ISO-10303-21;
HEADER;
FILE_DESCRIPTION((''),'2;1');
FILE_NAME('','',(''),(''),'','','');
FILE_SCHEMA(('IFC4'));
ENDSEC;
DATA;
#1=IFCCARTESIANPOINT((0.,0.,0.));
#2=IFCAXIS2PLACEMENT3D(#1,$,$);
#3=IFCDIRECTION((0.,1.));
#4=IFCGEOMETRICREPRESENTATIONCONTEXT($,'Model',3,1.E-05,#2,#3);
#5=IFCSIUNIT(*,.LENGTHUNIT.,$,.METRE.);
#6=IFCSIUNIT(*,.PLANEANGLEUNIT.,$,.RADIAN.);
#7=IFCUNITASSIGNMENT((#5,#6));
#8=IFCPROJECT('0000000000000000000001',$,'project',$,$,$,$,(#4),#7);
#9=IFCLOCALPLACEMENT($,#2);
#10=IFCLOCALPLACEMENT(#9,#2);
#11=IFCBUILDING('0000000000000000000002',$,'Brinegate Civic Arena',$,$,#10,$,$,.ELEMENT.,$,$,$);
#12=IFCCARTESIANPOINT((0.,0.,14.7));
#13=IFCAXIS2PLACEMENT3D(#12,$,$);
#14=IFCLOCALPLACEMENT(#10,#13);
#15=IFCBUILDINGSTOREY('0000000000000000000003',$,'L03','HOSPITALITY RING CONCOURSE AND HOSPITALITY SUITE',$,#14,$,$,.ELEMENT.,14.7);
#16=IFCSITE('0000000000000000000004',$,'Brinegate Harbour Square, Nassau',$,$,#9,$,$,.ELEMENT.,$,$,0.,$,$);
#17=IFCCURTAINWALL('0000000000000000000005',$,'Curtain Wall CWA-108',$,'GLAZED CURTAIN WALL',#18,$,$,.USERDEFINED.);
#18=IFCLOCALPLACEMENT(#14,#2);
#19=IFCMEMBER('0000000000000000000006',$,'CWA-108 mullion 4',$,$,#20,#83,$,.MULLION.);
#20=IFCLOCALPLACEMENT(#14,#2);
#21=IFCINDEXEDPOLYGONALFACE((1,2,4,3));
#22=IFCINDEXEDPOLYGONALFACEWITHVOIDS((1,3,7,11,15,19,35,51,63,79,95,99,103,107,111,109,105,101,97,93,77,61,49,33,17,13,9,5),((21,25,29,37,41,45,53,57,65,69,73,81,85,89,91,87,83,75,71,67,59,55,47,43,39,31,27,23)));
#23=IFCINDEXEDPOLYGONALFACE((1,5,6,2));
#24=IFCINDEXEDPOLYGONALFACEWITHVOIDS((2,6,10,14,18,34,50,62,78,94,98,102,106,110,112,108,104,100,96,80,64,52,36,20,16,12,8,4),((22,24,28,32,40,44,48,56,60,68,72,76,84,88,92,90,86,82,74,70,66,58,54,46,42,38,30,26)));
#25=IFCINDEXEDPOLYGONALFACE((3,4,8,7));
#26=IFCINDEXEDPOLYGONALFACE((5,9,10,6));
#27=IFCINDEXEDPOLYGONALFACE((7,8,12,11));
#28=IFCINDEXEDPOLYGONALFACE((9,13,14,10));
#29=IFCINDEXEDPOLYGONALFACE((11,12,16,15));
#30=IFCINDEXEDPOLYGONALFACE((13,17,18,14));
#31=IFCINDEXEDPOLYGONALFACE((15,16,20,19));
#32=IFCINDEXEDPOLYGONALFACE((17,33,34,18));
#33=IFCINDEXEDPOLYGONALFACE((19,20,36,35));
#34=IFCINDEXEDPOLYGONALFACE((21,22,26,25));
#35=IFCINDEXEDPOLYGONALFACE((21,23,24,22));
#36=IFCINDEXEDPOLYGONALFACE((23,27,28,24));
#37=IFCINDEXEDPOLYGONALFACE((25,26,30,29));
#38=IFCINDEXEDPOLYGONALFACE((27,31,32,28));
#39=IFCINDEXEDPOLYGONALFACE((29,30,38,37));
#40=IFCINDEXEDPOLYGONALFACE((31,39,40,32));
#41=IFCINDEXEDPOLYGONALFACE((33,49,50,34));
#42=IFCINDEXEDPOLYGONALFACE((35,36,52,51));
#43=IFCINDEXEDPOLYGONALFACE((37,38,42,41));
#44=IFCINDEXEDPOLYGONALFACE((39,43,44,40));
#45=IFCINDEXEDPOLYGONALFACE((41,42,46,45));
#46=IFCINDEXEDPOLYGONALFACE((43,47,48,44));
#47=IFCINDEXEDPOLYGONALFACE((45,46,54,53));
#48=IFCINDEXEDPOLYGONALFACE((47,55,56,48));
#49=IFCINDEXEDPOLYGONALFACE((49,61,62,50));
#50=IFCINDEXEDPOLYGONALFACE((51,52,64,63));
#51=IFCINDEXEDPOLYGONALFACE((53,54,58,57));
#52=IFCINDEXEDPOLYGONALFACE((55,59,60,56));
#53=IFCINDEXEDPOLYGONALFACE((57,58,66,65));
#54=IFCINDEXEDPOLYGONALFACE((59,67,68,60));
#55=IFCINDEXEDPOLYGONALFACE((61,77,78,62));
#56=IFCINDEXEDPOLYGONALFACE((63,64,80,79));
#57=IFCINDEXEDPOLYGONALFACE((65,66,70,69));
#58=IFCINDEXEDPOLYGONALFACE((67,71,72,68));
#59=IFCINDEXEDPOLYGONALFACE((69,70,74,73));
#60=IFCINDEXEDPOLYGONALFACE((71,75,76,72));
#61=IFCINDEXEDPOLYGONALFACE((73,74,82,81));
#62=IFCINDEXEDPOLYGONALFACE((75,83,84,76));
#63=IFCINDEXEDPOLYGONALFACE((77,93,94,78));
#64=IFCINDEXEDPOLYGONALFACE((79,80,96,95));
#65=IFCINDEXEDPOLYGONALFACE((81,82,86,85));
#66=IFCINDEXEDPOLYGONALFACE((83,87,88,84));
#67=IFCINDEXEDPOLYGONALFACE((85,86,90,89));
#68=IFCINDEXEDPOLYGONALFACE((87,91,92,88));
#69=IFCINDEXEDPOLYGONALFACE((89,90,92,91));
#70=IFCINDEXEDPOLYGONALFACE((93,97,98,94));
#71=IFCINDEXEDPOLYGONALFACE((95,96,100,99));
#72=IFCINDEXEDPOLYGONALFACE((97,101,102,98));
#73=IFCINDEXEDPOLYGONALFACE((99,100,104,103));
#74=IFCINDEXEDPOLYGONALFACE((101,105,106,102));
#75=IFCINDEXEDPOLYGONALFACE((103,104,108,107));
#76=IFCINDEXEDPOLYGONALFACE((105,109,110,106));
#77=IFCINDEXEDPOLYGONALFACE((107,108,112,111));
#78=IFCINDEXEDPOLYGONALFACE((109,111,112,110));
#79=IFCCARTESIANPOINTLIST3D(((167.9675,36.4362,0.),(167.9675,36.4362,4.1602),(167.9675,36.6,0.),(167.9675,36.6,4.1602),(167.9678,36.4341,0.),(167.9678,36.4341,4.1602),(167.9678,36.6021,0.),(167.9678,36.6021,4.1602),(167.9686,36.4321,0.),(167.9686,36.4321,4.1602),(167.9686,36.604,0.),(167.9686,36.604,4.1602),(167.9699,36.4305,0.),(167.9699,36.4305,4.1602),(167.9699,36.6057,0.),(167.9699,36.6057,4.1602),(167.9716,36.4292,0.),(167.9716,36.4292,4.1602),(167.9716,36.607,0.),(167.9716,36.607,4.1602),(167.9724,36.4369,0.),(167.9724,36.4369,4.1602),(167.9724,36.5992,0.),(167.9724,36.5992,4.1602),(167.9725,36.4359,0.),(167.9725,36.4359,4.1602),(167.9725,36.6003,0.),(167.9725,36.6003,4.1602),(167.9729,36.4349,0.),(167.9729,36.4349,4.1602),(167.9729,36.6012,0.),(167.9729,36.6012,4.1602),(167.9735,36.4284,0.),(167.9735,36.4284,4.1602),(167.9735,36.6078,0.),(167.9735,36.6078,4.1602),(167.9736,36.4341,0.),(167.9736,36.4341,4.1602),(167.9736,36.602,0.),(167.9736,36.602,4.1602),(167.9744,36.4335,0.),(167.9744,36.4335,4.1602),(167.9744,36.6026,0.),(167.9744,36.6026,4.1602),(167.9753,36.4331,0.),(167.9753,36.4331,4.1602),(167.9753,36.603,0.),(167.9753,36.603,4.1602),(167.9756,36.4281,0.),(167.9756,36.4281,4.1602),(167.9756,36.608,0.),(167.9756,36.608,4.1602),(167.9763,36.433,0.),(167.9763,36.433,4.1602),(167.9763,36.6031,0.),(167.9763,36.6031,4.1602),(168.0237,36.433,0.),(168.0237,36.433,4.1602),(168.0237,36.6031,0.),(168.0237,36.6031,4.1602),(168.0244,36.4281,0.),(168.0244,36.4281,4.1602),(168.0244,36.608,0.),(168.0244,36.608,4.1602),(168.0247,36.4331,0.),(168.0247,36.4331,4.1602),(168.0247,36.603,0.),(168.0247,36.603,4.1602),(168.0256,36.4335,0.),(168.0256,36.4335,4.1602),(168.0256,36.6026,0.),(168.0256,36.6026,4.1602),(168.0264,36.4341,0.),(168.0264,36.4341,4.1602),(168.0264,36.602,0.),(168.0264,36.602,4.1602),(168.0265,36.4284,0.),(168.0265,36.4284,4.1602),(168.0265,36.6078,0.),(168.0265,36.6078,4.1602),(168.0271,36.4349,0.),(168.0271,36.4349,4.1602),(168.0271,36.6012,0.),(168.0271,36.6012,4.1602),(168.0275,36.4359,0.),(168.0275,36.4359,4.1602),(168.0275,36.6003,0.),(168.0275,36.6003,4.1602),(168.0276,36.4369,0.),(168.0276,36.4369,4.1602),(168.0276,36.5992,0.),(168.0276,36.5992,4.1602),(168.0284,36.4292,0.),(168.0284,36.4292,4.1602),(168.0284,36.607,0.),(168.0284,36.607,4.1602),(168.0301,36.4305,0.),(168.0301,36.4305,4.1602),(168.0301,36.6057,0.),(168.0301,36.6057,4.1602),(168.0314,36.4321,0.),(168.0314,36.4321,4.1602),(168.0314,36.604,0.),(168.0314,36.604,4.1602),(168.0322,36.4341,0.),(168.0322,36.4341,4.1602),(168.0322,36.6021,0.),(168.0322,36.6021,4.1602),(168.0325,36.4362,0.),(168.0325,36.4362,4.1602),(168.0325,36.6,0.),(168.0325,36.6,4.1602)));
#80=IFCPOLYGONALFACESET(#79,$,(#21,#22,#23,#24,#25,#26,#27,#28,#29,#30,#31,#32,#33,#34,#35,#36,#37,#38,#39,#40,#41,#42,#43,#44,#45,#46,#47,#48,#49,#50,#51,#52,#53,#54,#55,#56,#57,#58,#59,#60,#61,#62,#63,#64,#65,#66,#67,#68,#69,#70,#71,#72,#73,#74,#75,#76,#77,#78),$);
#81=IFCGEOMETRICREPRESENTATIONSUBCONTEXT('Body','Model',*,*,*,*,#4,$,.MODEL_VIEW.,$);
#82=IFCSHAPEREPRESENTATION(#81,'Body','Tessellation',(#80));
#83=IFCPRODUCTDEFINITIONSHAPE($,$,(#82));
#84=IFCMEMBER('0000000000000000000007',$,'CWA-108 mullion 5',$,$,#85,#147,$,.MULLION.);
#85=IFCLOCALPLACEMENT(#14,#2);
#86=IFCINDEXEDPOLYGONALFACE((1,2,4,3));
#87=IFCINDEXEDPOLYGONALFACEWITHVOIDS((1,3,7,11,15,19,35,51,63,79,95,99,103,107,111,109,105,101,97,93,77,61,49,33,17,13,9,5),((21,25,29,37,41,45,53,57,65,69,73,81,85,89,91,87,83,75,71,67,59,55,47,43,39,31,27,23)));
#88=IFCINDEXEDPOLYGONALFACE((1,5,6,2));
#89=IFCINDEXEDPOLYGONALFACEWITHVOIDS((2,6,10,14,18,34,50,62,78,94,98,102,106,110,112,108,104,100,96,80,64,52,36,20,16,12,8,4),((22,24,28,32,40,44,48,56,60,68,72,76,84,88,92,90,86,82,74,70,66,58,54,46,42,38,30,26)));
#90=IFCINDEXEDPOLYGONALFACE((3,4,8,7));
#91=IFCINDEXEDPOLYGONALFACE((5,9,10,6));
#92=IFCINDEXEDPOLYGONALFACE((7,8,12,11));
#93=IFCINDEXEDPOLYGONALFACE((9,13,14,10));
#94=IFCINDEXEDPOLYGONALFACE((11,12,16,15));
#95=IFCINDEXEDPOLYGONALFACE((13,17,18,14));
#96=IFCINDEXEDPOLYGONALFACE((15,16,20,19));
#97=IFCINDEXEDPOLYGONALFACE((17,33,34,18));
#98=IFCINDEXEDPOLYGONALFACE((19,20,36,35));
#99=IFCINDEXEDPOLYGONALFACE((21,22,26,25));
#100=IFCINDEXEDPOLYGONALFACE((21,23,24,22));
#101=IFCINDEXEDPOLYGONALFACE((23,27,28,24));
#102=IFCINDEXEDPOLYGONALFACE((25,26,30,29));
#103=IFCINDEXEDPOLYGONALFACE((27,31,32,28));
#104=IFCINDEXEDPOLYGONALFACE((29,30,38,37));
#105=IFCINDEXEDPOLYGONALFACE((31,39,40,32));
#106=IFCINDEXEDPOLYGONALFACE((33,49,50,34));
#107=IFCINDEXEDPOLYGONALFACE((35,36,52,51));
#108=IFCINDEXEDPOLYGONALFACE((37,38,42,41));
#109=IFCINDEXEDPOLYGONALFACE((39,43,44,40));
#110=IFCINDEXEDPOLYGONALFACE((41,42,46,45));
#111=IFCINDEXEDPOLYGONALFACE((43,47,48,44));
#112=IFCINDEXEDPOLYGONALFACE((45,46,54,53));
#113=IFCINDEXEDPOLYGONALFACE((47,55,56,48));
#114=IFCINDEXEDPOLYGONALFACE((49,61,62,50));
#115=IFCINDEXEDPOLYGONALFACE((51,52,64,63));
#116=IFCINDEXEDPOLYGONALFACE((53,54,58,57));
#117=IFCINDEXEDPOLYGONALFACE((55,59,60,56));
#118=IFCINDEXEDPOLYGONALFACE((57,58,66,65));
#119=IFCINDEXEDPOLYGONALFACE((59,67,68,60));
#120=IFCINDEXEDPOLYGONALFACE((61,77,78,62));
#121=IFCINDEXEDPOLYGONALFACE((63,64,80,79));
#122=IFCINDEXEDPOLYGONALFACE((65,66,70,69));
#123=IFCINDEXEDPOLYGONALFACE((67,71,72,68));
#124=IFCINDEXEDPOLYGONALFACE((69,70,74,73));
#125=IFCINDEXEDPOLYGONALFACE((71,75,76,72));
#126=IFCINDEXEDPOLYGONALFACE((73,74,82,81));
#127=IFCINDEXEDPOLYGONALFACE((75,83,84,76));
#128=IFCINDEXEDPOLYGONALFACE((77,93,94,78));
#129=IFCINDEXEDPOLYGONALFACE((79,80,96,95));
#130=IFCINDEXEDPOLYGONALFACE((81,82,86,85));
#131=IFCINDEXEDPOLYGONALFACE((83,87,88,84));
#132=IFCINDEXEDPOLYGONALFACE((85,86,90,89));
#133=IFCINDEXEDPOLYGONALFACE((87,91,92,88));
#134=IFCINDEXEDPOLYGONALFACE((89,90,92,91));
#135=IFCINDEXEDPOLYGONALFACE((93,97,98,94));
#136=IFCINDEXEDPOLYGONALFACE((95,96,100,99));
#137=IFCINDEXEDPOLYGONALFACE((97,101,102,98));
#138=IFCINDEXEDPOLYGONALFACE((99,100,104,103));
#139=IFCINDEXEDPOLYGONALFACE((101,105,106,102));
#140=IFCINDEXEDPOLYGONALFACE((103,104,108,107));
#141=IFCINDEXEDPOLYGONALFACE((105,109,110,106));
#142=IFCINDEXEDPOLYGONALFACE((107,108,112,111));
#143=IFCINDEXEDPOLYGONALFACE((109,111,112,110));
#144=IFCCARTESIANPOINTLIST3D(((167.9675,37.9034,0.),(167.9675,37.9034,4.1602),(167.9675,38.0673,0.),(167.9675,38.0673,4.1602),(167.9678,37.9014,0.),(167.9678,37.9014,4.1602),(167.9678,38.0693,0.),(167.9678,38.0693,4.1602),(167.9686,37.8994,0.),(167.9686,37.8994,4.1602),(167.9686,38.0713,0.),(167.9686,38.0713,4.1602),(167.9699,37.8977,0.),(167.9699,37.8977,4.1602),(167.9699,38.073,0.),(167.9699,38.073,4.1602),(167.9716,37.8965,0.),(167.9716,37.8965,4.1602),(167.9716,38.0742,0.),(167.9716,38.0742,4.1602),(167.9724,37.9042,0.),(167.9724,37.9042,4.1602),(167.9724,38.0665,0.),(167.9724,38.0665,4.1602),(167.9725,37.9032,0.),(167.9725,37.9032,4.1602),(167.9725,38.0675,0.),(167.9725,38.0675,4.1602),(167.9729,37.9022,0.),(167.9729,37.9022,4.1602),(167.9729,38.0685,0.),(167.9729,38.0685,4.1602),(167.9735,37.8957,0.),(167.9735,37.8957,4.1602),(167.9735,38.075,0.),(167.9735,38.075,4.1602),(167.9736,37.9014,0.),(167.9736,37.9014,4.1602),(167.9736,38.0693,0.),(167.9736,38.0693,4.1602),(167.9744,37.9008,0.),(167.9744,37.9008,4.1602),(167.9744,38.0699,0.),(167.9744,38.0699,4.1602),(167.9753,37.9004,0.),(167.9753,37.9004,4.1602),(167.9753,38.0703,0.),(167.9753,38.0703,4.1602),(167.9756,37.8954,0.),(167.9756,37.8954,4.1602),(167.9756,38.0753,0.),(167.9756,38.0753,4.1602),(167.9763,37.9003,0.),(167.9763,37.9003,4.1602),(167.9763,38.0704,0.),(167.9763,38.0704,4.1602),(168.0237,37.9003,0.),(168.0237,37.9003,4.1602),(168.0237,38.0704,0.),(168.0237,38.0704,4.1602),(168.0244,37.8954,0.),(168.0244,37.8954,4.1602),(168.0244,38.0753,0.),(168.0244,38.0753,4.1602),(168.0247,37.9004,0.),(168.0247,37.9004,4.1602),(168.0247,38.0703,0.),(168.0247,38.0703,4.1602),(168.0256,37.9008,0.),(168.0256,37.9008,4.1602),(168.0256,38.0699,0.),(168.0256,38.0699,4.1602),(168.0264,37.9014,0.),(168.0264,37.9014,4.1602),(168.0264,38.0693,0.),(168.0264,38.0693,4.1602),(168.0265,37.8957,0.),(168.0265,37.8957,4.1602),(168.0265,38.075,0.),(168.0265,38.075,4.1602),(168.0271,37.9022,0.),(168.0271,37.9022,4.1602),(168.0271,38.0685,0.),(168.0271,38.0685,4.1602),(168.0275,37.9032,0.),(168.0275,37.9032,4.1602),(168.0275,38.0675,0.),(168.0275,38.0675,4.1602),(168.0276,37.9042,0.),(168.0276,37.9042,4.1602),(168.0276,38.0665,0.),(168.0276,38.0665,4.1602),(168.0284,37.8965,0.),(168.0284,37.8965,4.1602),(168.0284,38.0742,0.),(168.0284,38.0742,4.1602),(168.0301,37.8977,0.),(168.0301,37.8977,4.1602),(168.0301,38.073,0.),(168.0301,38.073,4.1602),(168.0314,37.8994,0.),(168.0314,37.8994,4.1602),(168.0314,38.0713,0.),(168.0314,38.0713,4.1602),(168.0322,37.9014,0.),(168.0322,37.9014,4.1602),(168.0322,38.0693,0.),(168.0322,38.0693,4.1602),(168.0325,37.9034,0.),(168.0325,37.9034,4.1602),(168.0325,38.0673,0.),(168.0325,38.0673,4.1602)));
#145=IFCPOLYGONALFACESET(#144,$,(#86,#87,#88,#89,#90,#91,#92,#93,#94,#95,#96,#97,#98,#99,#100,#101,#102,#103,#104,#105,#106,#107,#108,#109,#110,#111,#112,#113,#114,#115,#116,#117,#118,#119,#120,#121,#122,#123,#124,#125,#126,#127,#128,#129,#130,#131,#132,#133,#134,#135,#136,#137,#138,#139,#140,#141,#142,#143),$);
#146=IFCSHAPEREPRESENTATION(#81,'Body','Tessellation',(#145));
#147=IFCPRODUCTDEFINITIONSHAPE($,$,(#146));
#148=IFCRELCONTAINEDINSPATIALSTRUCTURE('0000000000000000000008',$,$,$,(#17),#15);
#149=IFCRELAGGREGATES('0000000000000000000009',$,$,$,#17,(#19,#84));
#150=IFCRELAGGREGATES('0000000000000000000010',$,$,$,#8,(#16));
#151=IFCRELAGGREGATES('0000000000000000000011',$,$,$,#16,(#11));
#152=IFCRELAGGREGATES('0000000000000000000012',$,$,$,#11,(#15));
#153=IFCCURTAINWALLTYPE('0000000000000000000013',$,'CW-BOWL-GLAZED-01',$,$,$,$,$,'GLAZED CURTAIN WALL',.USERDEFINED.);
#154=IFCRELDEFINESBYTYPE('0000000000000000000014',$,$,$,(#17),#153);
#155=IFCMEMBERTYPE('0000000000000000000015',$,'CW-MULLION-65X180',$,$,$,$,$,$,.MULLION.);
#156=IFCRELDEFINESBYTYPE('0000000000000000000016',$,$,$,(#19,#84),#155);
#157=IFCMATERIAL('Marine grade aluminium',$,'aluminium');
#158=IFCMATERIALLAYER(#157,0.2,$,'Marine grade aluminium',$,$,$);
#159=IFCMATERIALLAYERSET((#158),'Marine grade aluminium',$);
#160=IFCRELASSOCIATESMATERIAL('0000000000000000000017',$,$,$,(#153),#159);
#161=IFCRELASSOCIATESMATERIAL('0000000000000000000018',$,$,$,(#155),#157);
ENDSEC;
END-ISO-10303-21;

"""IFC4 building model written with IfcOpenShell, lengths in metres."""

from ifc_helpers import new_model, si_unit, direction, frame, origin, origin_2d, place, context, subcontext, project, spatial, hollow_rectangle, extrude, material, layer, layer_set, material_profile, profile_set, type_object, element, aggregate, save


model = new_model("IFC4")

# Units and contexts
model_context = context("Model", 3, precision=1e-05, world=origin(), true_north=direction((0.0, 1.0)))
body_context = subcontext(model_context, "Body", "Model", "MODEL_VIEW")
ifc_project = project(units=[si_unit("LENGTHUNIT", "METRE"), si_unit("PLANEANGLEUNIT", "RADIAN")], contexts=[model_context])

# Site, building, storey
site_placement = place(None, origin())
site = spatial("IfcSite", under=ifc_project, at=site_placement, Name="Brinegate Harbour Square, Nassau", CompositionType="ELEMENT", RefElevation=0.0)
building_placement = place(site_placement, origin())
building = spatial("IfcBuilding", under=site, at=building_placement, Name="Brinegate Civic Arena", CompositionType="ELEMENT")
storey_placement = place(building_placement, frame((0.0, 0.0, 14.7)))
storey = spatial("IfcBuildingStorey", under=building, at=storey_placement, Name="L03", Description="HOSPITALITY RING CONCOURSE AND HOSPITALITY SUITE", CompositionType="ELEMENT", Elevation=14.7)

# Curtain wall, members
ifc_material_1 = material(Name="Marine grade aluminium", Category="aluminium")
ifc_layer_1 = layer(ifc_material_1, 0.2, Name="Marine grade aluminium")
ifc_layer_set_1 = layer_set([ifc_layer_1], Name="Marine grade aluminium")
curtain_wall_type = type_object("IfcCurtainWallType", Name="CW-BOWL-GLAZED-01", ElementType="GLAZED CURTAIN WALL", PredefinedType="USERDEFINED", material=ifc_layer_set_1)
curtain_wall_placement = place(storey_placement, origin())
curtain_wall = element("IfcCurtainWall", 1, at=curtain_wall_placement, inside=storey, type_object=curtain_wall_type, Name="Curtain Wall CWA-108", ObjectType="GLAZED CURTAIN WALL", PredefinedType="USERDEFINED")
ifc_material_profile_1 = material_profile(ifc_material_1, hollow_rectangle(XDim=0.0649, YDim=0.1799, WallThickness=0.0049, InnerFilletRadius=0.0039, OuterFilletRadius=0.0081, at=origin_2d()), Name="MUL65X180")
ifc_profile_set_1 = profile_set([ifc_material_profile_1], Name="Marine grade aluminium")
member_type_1 = type_object("IfcMemberType", Name="CW-MULLION-65X180", PredefinedType="MULLION", material=ifc_profile_set_1)
member_1_placement = place(storey_placement, frame((168.0, 36.5181, 0.0), z_axis=(0.0, 0.0, 1.0), x_axis=(-1.0, 0.0, 0.0)))
member_1 = element("IfcMember", 2, at=member_1_placement, type_object=member_type_1, Name="CWA-108 mullion 4", PredefinedType="MULLION", context=body_context, shape_type="SweptSolid", body=[
    extrude(hollow_rectangle(XDim=0.0649, YDim=0.1799, WallThickness=0.0049, InnerFilletRadius=0.0039, OuterFilletRadius=0.0081, at=origin_2d()), origin(), (0.0, 0.0, 1.0), 4.1602),
])
member_2_placement = place(storey_placement, frame((168.0, 37.9854, 0.0), z_axis=(0.0, 0.0, 1.0), x_axis=(-1.0, 0.0, 0.0)))
member_2 = element("IfcMember", 3, at=member_2_placement, type_object=member_type_1, Name="CWA-108 mullion 5", PredefinedType="MULLION", context=body_context, shape_type="SweptSolid", body=[
    extrude(hollow_rectangle(XDim=0.0649, YDim=0.1799, WallThickness=0.0049, InnerFilletRadius=0.0039, OuterFilletRadius=0.0081, at=origin_2d()), origin(), (0.0, 0.0, 1.0), 4.1602),
])
aggregate(curtain_wall, [member_1, member_2])

save(model, "model.ifc")
